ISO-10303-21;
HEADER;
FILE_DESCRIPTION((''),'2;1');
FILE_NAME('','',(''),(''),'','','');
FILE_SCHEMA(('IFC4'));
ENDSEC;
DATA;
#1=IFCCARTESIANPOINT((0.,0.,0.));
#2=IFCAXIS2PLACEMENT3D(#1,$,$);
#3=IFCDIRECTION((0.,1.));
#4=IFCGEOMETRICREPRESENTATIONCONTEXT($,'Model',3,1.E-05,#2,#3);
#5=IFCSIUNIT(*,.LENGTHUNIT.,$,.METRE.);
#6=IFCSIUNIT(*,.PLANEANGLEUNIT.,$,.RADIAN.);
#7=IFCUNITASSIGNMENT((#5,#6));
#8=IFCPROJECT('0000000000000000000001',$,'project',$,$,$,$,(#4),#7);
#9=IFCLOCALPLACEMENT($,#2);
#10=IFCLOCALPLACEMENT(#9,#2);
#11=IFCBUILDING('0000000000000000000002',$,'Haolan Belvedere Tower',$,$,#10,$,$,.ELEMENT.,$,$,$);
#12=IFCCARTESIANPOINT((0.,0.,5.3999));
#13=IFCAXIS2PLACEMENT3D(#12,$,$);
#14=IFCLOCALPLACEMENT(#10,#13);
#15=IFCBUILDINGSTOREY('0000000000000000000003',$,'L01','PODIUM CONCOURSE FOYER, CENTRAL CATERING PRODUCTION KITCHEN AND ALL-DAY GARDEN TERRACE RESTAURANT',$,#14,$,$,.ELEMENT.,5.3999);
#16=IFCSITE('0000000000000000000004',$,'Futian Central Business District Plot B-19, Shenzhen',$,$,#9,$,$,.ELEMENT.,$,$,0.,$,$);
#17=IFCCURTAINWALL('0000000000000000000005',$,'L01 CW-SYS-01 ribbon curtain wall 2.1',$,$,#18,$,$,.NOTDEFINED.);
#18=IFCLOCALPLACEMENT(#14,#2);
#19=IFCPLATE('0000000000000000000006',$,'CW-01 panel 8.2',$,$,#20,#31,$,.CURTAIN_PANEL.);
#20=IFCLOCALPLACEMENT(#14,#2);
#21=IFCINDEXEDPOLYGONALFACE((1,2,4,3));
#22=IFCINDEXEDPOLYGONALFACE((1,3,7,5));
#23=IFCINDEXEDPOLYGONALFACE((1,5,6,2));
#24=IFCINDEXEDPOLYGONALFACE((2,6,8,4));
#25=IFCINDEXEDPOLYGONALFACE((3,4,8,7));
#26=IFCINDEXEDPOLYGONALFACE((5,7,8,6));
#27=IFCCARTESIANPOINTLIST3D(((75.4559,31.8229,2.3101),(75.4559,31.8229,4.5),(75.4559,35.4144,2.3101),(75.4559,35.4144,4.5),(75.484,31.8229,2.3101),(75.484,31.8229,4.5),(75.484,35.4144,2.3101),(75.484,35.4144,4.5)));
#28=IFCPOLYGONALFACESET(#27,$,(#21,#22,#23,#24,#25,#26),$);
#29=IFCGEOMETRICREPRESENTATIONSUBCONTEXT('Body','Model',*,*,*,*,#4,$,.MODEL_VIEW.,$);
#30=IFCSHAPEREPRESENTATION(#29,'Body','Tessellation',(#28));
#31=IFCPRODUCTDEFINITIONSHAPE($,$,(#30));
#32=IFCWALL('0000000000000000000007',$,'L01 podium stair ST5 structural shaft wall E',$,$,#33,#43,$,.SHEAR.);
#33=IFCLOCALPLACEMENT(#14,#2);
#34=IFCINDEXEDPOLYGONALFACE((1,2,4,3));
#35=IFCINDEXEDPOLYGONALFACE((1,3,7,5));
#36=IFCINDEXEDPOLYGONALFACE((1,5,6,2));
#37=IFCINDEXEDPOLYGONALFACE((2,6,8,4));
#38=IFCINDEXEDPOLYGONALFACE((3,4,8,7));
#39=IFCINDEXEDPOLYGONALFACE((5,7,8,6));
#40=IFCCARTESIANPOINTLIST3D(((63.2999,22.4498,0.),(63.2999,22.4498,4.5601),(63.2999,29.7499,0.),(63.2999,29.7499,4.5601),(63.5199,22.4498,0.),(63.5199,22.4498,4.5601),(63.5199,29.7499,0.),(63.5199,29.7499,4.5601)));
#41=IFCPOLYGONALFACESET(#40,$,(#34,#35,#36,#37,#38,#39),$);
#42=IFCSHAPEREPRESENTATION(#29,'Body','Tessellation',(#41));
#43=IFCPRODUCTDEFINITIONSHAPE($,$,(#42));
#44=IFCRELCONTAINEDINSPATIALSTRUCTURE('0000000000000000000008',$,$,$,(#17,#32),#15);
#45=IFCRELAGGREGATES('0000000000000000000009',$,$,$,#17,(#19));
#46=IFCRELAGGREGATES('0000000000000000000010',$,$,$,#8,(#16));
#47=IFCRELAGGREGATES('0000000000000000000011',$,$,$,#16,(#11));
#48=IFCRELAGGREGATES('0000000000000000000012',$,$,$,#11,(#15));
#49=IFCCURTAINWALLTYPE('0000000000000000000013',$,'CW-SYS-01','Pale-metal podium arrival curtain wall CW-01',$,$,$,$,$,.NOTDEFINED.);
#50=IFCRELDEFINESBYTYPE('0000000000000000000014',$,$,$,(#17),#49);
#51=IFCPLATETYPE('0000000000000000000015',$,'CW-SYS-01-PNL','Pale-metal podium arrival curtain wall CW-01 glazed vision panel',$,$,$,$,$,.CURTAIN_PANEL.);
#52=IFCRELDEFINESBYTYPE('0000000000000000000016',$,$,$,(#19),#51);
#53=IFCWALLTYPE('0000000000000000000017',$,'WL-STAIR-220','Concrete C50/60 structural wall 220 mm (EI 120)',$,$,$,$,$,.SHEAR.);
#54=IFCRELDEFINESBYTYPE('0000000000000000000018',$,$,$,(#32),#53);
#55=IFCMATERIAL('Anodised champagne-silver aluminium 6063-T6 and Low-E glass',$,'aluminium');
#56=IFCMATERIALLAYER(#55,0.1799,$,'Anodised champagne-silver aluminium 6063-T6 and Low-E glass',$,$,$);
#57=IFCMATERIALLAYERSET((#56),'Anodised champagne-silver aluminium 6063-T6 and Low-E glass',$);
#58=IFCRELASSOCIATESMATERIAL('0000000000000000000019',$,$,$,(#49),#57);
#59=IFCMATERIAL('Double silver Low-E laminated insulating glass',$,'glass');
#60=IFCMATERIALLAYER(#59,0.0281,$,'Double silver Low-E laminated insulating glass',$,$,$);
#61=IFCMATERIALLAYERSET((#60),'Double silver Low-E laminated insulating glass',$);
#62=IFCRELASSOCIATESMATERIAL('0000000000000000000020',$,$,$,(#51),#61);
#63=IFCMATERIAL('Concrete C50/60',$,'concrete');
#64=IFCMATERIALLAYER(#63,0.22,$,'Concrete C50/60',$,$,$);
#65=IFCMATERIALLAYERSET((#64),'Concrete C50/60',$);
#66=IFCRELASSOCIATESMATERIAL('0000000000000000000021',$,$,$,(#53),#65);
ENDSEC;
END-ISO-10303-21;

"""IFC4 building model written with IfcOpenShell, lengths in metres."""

from ifc_helpers import new_model, si_unit, direction, frame, frame_2d, origin, origin_2d, place, context, subcontext, project, spatial, rectangle, extrude, material, layer, layer_set, type_object, element, aggregate, save


model = new_model("IFC4")

# Units and contexts
model_context = context("Model", 3, precision=1e-05, world=origin(), true_north=direction((0.0, 1.0)))
body_context = subcontext(model_context, "Body", "Model", "MODEL_VIEW")
ifc_project = project(units=[si_unit("LENGTHUNIT", "METRE"), si_unit("PLANEANGLEUNIT", "RADIAN")], contexts=[model_context])

# Site, building, storey
site_placement = place(None, origin())
site = spatial("IfcSite", under=ifc_project, at=site_placement, Name="Futian Central Business District Plot B-19, Shenzhen", CompositionType="ELEMENT", RefElevation=0.0)
building_placement = place(site_placement, origin())
building = spatial("IfcBuilding", under=site, at=building_placement, Name="Haolan Belvedere Tower", CompositionType="ELEMENT")
storey_placement = place(building_placement, frame((0.0, 0.0, 5.3999)))
storey = spatial("IfcBuildingStorey", under=building, at=storey_placement, Name="L01", Description="PODIUM CONCOURSE FOYER, CENTRAL CATERING PRODUCTION KITCHEN AND ALL-DAY GARDEN TERRACE RESTAURANT", CompositionType="ELEMENT", Elevation=5.3999)

# Curtain wall, plate
ifc_material_1 = material(Name="Anodised champagne-silver aluminium 6063-T6 and Low-E glass", Category="aluminium")
ifc_layer_1 = layer(ifc_material_1, 0.1799, Name="Anodised champagne-silver aluminium 6063-T6 and Low-E glass")
ifc_layer_set_1 = layer_set([ifc_layer_1], Name="Anodised champagne-silver aluminium 6063-T6 and Low-E glass")
curtain_wall_type = type_object("IfcCurtainWallType", Name="CW-SYS-01", Description="Pale-metal podium arrival curtain wall CW-01", PredefinedType="NOTDEFINED", material=ifc_layer_set_1)
curtain_wall_placement = place(storey_placement, origin())
curtain_wall = element("IfcCurtainWall", 1, at=curtain_wall_placement, inside=storey, type_object=curtain_wall_type, Name="L01 CW-SYS-01 ribbon curtain wall 2.1", PredefinedType="NOTDEFINED")
ifc_material_2 = material(Name="Double silver Low-E laminated insulating glass", Category="glass")
ifc_layer_2 = layer(ifc_material_2, 0.0281, Name="Double silver Low-E laminated insulating glass")
ifc_layer_set_2 = layer_set([ifc_layer_2], Name="Double silver Low-E laminated insulating glass")
plate_type = type_object("IfcPlateType", Name="CW-SYS-01-PNL", Description="Pale-metal podium arrival curtain wall CW-01 glazed vision panel", PredefinedType="CURTAIN_PANEL", material=ifc_layer_set_2)
plate_1_placement = place(storey_placement, frame((75.47, 33.6187, 2.3101), z_axis=(0.0, 0.0, 1.0), x_axis=(0.0, 1.0, 0.0)))
plate_1 = element("IfcPlate", 2, at=plate_1_placement, type_object=plate_type, Name="CW-01 panel 8.2", PredefinedType="CURTAIN_PANEL", context=body_context, shape_type="SweptSolid", body=[
    extrude(rectangle(XDim=3.5916, YDim=0.0281, at=origin_2d()), origin(), (0.0, 0.0, 1.0), 2.1899),
])
aggregate(curtain_wall, [plate_1])

# Wall
ifc_material_3 = material(Name="Concrete C50/60", Category="concrete")
ifc_layer_3 = layer(ifc_material_3, 0.22, Name="Concrete C50/60")
ifc_layer_set_3 = layer_set([ifc_layer_3], Name="Concrete C50/60")
wall_type = type_object("IfcWallType", Name="WL-STAIR-220", Description="Concrete C50/60 structural wall 220 mm (EI 120)", PredefinedType="SHEAR", material=ifc_layer_set_3)
wall_placement = place(storey_placement, frame((63.4099, 22.45, 0.0), z_axis=(0.0, 0.0, 1.0), x_axis=(0.0, 1.0, 0.0)))
element("IfcWall", 3, at=wall_placement, inside=storey, type_object=wall_type, Name="L01 podium stair ST5 structural shaft wall E", PredefinedType="SHEAR", context=body_context, shape_type="SweptSolid", body=[
    extrude(rectangle(XDim=7.3, YDim=0.22, at=frame_2d((3.6499, 0.0))), origin(), (0.0, 0.0, 1.0), 4.5601),
])

save(model, "model.ifc")
